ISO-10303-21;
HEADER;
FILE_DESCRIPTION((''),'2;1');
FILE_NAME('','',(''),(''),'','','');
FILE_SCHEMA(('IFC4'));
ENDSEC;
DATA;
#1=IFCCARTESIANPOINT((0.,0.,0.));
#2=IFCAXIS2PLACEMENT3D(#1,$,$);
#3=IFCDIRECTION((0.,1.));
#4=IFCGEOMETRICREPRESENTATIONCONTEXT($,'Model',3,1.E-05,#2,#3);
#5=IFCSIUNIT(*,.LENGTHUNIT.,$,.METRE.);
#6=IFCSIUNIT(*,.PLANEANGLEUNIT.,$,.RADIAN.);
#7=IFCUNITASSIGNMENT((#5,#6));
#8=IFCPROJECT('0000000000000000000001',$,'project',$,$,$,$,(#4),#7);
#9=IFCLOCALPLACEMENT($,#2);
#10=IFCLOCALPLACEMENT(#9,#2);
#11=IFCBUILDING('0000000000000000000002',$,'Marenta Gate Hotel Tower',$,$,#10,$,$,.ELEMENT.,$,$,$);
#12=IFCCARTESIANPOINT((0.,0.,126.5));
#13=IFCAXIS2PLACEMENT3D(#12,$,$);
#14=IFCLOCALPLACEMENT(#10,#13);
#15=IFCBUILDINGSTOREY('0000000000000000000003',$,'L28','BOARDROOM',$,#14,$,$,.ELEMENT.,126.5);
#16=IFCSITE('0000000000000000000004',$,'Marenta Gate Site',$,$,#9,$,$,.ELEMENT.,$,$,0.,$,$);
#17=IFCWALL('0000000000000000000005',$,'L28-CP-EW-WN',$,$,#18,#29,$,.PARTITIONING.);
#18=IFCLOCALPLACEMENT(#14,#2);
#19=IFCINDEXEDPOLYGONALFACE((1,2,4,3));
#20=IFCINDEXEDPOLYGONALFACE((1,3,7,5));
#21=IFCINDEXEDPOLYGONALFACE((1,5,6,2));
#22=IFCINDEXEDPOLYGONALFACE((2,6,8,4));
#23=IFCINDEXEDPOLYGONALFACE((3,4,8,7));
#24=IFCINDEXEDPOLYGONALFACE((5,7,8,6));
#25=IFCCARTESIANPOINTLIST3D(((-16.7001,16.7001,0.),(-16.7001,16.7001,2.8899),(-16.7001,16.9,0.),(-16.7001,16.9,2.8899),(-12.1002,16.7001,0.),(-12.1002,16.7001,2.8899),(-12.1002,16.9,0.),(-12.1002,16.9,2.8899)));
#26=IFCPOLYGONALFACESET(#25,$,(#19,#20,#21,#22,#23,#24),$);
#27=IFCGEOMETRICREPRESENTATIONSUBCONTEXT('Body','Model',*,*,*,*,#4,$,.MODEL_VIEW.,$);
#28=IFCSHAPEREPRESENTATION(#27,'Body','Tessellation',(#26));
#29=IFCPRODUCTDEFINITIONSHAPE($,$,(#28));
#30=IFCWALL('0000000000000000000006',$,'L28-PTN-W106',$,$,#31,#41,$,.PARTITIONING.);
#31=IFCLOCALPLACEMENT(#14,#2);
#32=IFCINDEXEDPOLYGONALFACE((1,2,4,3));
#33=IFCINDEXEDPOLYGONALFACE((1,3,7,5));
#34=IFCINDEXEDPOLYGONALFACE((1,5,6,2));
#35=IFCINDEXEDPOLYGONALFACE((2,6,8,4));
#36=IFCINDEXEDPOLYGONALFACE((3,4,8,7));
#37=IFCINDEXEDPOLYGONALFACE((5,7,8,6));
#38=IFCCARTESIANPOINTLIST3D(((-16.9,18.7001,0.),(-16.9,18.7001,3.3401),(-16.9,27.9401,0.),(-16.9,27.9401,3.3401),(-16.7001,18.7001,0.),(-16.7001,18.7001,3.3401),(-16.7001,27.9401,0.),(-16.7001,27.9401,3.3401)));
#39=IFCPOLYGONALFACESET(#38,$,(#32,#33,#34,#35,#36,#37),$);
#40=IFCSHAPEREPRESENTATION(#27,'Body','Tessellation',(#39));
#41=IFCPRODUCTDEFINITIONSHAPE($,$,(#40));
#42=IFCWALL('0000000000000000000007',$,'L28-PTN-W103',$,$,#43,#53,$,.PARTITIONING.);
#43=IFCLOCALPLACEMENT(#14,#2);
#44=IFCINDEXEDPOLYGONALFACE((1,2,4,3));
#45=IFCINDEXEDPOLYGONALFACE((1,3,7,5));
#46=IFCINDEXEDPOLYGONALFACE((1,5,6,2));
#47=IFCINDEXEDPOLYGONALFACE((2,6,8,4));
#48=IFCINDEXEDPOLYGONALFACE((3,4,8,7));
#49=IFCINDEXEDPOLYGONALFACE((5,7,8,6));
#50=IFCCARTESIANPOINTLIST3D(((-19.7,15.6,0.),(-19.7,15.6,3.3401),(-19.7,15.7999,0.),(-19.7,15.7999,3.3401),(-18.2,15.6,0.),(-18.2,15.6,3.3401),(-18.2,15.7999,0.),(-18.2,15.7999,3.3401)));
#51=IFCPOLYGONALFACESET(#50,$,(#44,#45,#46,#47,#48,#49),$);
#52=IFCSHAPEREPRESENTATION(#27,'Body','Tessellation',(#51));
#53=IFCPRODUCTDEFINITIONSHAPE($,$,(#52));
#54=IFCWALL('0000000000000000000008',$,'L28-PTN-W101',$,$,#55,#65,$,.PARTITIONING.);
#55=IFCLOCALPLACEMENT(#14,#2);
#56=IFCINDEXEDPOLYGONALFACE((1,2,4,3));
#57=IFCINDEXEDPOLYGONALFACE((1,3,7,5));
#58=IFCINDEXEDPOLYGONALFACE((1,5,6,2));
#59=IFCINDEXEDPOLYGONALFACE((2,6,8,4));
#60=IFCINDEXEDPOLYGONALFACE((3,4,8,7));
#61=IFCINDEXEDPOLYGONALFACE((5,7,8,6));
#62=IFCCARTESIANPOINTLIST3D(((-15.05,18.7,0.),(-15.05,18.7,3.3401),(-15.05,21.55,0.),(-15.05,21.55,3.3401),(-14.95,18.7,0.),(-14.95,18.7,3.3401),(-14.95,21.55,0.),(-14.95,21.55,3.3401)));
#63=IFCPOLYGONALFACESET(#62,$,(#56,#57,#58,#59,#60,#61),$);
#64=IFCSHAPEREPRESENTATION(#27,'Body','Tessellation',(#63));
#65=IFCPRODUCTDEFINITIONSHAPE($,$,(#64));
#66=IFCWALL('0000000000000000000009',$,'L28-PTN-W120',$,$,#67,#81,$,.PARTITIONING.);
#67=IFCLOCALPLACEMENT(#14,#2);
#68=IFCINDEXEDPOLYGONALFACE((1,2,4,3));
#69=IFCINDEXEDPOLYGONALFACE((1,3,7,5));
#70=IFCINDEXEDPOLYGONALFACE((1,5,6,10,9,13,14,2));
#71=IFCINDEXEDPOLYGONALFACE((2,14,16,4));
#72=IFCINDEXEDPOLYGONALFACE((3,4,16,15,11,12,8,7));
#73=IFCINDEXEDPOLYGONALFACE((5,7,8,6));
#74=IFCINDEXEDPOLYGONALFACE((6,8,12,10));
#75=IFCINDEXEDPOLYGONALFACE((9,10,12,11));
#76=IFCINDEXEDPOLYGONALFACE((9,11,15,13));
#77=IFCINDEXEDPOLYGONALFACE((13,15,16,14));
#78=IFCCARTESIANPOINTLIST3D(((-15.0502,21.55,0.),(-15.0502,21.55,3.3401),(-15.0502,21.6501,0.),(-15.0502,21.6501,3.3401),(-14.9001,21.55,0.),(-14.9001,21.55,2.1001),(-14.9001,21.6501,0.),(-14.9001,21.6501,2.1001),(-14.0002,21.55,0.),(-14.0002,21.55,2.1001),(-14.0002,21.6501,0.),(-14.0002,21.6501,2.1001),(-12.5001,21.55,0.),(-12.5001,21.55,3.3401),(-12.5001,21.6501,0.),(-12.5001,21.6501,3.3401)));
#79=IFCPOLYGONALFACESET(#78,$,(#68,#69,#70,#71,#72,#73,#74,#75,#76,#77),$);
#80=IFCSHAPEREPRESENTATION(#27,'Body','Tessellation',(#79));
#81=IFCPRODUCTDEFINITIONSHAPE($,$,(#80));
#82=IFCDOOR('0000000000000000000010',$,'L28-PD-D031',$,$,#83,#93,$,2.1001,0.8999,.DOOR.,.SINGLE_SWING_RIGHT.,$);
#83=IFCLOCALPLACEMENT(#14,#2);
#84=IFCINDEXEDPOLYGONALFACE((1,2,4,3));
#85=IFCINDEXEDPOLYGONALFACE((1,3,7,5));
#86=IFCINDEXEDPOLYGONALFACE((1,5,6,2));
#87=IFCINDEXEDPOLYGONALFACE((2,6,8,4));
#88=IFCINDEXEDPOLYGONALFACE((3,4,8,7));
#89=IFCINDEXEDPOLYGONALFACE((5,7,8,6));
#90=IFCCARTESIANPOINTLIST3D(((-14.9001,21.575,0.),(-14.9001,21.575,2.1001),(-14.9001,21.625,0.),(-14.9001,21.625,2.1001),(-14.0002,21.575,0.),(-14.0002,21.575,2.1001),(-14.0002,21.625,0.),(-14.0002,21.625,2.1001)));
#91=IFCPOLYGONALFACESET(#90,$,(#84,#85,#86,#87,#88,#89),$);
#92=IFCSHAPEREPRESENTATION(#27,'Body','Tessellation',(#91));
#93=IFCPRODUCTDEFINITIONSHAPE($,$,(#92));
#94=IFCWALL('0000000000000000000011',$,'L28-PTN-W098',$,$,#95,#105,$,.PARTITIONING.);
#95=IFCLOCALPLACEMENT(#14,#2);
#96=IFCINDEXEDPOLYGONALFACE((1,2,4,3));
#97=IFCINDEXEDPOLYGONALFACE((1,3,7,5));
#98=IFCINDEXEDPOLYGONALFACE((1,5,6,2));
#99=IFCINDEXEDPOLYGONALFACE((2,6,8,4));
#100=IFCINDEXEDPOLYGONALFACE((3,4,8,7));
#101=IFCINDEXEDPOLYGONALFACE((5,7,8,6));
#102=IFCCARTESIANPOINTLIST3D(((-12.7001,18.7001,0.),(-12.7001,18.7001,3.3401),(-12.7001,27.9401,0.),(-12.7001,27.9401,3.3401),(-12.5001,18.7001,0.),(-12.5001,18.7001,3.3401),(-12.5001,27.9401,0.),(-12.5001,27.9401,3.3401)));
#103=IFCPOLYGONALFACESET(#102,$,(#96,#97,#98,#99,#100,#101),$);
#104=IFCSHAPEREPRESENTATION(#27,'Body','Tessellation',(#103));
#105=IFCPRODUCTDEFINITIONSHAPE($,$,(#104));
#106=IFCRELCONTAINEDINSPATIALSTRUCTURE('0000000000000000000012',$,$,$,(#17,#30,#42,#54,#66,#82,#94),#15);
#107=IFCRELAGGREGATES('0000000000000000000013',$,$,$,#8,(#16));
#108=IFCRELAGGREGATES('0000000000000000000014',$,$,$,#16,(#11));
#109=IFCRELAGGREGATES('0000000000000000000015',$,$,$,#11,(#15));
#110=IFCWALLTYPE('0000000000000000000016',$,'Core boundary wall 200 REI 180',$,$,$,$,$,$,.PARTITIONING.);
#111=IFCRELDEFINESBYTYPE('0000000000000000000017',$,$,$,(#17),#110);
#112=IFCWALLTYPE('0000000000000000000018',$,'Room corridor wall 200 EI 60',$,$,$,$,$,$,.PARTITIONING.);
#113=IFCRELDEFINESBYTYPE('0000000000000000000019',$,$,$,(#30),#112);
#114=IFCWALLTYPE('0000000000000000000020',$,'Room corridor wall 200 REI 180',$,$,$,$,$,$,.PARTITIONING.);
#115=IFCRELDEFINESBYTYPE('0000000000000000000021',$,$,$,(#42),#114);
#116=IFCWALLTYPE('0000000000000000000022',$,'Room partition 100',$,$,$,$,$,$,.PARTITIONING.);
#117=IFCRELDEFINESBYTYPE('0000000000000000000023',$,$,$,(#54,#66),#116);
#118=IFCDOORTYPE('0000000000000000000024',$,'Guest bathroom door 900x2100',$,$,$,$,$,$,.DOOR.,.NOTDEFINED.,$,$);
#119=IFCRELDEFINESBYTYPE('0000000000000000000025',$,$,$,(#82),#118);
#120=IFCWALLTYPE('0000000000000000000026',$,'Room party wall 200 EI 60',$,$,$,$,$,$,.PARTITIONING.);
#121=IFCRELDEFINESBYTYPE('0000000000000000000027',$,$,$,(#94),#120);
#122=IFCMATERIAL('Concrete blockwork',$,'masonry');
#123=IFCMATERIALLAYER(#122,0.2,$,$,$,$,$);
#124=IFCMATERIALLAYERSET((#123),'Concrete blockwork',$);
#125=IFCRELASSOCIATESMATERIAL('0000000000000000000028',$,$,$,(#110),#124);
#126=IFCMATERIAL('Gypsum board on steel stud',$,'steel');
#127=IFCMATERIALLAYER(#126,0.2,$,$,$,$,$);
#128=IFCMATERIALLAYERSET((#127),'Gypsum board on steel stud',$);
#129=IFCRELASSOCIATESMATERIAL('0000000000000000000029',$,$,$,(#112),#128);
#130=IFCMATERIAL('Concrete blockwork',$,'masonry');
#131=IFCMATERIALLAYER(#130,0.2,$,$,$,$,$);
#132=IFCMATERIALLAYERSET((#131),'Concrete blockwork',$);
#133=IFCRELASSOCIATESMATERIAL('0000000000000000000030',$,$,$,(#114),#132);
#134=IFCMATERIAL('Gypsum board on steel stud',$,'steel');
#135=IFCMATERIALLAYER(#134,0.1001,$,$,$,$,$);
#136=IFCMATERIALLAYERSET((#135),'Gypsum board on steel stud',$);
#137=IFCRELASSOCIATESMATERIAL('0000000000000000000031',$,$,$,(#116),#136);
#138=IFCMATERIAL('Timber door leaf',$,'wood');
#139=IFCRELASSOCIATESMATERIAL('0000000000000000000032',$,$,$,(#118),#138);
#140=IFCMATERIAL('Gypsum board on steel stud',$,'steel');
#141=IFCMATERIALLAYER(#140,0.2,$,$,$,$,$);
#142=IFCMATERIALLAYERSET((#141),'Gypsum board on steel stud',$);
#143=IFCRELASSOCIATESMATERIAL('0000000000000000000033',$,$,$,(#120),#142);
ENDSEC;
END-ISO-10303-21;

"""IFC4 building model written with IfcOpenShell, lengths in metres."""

from ifc_helpers import new_model, si_unit, direction, frame, frame_2d, origin, place, context, subcontext, project, spatial, rectangle, extrude, material, layer, layer_set, type_object, element, fill, save


model = new_model("IFC4")

# Units and contexts
model_context = context("Model", 3, precision=1e-05, world=origin(), true_north=direction((0.0, 1.0)))
body_context = subcontext(model_context, "Body", "Model", "MODEL_VIEW")
ifc_project = project(units=[si_unit("LENGTHUNIT", "METRE"), si_unit("PLANEANGLEUNIT", "RADIAN")], contexts=[model_context])

# Site, building, storey
site_placement = place(None, origin())
site = spatial("IfcSite", under=ifc_project, at=site_placement, Name="Marenta Gate Site", CompositionType="ELEMENT", RefElevation=0.0)
building_placement = place(site_placement, origin())
building = spatial("IfcBuilding", under=site, at=building_placement, Name="Marenta Gate Hotel Tower", CompositionType="ELEMENT")
storey_placement = place(building_placement, frame((0.0, 0.0, 126.5)))
storey = spatial("IfcBuildingStorey", under=building, at=storey_placement, Name="L28", Description="BOARDROOM", CompositionType="ELEMENT", Elevation=126.5)

# Walls
ifc_material_1 = material(Name="Concrete blockwork", Category="masonry")
ifc_layer_1 = layer(ifc_material_1, 0.2)
ifc_layer_set_1 = layer_set([ifc_layer_1], Name="Concrete blockwork")
wall_type_1 = type_object("IfcWallType", Name="Core boundary wall 200 REI 180", PredefinedType="PARTITIONING", material=ifc_layer_set_1)
wall_1_placement = place(storey_placement, frame((-16.7, 16.8, 0.0), z_axis=(0.0, 0.0, 1.0), x_axis=(1.0, 0.0, 0.0)))
element("IfcWall", 1, at=wall_1_placement, inside=storey, type_object=wall_type_1, Name="L28-CP-EW-WN", PredefinedType="PARTITIONING", context=body_context, shape_type="SweptSolid", body=[
    extrude(rectangle(XDim=4.5999, YDim=0.2, at=frame_2d((2.2998, 0.0))), origin(), (0.0, 0.0, 1.0), 2.8899),
])
ifc_material_2 = material(Name="Gypsum board on steel stud", Category="steel")
ifc_layer_2 = layer(ifc_material_2, 0.2)
ifc_layer_set_2 = layer_set([ifc_layer_2], Name="Gypsum board on steel stud")
wall_type_2 = type_object("IfcWallType", Name="Room corridor wall 200 EI 60", PredefinedType="PARTITIONING", material=ifc_layer_set_2)
wall_2_placement = place(storey_placement, frame((-16.8, 18.7, 0.0), z_axis=(0.0, 0.0, 1.0), x_axis=(0.0, 1.0, 0.0)))
element("IfcWall", 2, at=wall_2_placement, inside=storey, type_object=wall_type_2, Name="L28-PTN-W106", PredefinedType="PARTITIONING", context=body_context, shape_type="SweptSolid", body=[
    extrude(rectangle(XDim=9.24, YDim=0.2, at=frame_2d((4.6201, 0.0))), origin(), (0.0, 0.0, 1.0), 3.3401),
])

# Walls
ifc_material_3 = material(Name="Concrete blockwork", Category="masonry")
ifc_layer_3 = layer(ifc_material_3, 0.2)
ifc_layer_set_3 = layer_set([ifc_layer_3], Name="Concrete blockwork")
wall_type_3 = type_object("IfcWallType", Name="Room corridor wall 200 REI 180", PredefinedType="PARTITIONING", material=ifc_layer_set_3)
wall_3_placement = place(storey_placement, frame((-19.7, 15.7, 0.0), z_axis=(0.0, 0.0, 1.0), x_axis=(1.0, 0.0, 0.0)))
element("IfcWall", 3, at=wall_3_placement, inside=storey, type_object=wall_type_3, Name="L28-PTN-W103", PredefinedType="PARTITIONING", context=body_context, shape_type="SweptSolid", body=[
    extrude(rectangle(XDim=1.5, YDim=0.2, at=frame_2d((0.75, 0.0))), origin(), (0.0, 0.0, 1.0), 3.3401),
])
ifc_material_4 = material(Name="Gypsum board on steel stud", Category="steel")
ifc_layer_4 = layer(ifc_material_4, 0.1001)
ifc_layer_set_4 = layer_set([ifc_layer_4], Name="Gypsum board on steel stud")
wall_type_4 = type_object("IfcWallType", Name="Room partition 100", PredefinedType="PARTITIONING", material=ifc_layer_set_4)
wall_4_placement = place(storey_placement, frame((-15.0, 18.7, 0.0), z_axis=(0.0, 0.0, 1.0), x_axis=(0.0, 1.0, 0.0)))
element("IfcWall", 4, at=wall_4_placement, inside=storey, type_object=wall_type_4, Name="L28-PTN-W101", PredefinedType="PARTITIONING", context=body_context, shape_type="SweptSolid", body=[
    extrude(rectangle(XDim=2.8501, YDim=0.1001, at=frame_2d((1.425, 0.0))), origin(), (0.0, 0.0, 1.0), 3.3401),
])

# Wall, opening, door
wall_5_placement = place(storey_placement, frame((-15.05, 21.6001, 0.0), z_axis=(0.0, 0.0, 1.0), x_axis=(1.0, 0.0, 0.0)))
wall_5 = element("IfcWall", 5, at=wall_5_placement, inside=storey, type_object=wall_type_4, Name="L28-PTN-W120", PredefinedType="PARTITIONING", context=body_context, shape_type="SweptSolid", body=[
    extrude(rectangle(XDim=2.55, YDim=0.1001, at=frame_2d((1.2749, 0.0))), origin(), (0.0, 0.0, 1.0), 3.3401),
])
opening_1_placement = place(wall_5_placement, frame((0.1499, 0.0, 0.0)))
opening_1 = element("IfcOpeningElement", 6, at=opening_1_placement, cuts=wall_5, PredefinedType="OPENING", context=body_context, shape_type="SweptSolid", body=[
    extrude(rectangle(XDim=0.8999, YDim=2.1001, at=frame_2d((0.45, 1.05))), frame((0.0, 0.05, 0.0), z_axis=(0.0, -1.0, 0.0), x_axis=(1.0, 0.0, 0.0)), (0.0, 0.0, 1.0), 0.1001),
])
ifc_material_5 = material(Name="Timber door leaf", Category="wood")
door_type_1 = type_object("IfcDoorType", Name="Guest bathroom door 900x2100", OperationType="NOTDEFINED", PredefinedType="DOOR", material=ifc_material_5)
door_1_placement = place(opening_1_placement, origin())
door_1 = element("IfcDoor", 7, at=door_1_placement, inside=storey, type_object=door_type_1, Name="L28-PD-D031", OperationType="SINGLE_SWING_RIGHT", OverallHeight=2.1001, OverallWidth=0.8999, PredefinedType="DOOR", context=body_context, shape_type="SweptSolid", body=[
    extrude(rectangle(XDim=0.8999, YDim=2.1001, at=frame_2d((0.45, 1.05))), frame((0.0, 0.0249, 0.0), z_axis=(0.0, -1.0, 0.0), x_axis=(1.0, 0.0, 0.0)), (0.0, 0.0, 1.0), 0.05),
])
fill(opening_1, door_1)

# Wall
ifc_material_6 = material(Name="Gypsum board on steel stud", Category="steel")
ifc_layer_5 = layer(ifc_material_6, 0.2)
ifc_layer_set_5 = layer_set([ifc_layer_5], Name="Gypsum board on steel stud")
wall_type_5 = type_object("IfcWallType", Name="Room party wall 200 EI 60", PredefinedType="PARTITIONING", material=ifc_layer_set_5)
wall_6_placement = place(storey_placement, frame((-12.6001, 18.7, 0.0), z_axis=(0.0, 0.0, 1.0), x_axis=(0.0, 1.0, 0.0)))
element("IfcWall", 8, at=wall_6_placement, inside=storey, type_object=wall_type_5, Name="L28-PTN-W098", PredefinedType="PARTITIONING", context=body_context, shape_type="SweptSolid", body=[
    extrude(rectangle(XDim=9.24, YDim=0.2, at=frame_2d((4.6201, 0.0))), origin(), (0.0, 0.0, 1.0), 3.3401),
])

save(model, "model.ifc")
